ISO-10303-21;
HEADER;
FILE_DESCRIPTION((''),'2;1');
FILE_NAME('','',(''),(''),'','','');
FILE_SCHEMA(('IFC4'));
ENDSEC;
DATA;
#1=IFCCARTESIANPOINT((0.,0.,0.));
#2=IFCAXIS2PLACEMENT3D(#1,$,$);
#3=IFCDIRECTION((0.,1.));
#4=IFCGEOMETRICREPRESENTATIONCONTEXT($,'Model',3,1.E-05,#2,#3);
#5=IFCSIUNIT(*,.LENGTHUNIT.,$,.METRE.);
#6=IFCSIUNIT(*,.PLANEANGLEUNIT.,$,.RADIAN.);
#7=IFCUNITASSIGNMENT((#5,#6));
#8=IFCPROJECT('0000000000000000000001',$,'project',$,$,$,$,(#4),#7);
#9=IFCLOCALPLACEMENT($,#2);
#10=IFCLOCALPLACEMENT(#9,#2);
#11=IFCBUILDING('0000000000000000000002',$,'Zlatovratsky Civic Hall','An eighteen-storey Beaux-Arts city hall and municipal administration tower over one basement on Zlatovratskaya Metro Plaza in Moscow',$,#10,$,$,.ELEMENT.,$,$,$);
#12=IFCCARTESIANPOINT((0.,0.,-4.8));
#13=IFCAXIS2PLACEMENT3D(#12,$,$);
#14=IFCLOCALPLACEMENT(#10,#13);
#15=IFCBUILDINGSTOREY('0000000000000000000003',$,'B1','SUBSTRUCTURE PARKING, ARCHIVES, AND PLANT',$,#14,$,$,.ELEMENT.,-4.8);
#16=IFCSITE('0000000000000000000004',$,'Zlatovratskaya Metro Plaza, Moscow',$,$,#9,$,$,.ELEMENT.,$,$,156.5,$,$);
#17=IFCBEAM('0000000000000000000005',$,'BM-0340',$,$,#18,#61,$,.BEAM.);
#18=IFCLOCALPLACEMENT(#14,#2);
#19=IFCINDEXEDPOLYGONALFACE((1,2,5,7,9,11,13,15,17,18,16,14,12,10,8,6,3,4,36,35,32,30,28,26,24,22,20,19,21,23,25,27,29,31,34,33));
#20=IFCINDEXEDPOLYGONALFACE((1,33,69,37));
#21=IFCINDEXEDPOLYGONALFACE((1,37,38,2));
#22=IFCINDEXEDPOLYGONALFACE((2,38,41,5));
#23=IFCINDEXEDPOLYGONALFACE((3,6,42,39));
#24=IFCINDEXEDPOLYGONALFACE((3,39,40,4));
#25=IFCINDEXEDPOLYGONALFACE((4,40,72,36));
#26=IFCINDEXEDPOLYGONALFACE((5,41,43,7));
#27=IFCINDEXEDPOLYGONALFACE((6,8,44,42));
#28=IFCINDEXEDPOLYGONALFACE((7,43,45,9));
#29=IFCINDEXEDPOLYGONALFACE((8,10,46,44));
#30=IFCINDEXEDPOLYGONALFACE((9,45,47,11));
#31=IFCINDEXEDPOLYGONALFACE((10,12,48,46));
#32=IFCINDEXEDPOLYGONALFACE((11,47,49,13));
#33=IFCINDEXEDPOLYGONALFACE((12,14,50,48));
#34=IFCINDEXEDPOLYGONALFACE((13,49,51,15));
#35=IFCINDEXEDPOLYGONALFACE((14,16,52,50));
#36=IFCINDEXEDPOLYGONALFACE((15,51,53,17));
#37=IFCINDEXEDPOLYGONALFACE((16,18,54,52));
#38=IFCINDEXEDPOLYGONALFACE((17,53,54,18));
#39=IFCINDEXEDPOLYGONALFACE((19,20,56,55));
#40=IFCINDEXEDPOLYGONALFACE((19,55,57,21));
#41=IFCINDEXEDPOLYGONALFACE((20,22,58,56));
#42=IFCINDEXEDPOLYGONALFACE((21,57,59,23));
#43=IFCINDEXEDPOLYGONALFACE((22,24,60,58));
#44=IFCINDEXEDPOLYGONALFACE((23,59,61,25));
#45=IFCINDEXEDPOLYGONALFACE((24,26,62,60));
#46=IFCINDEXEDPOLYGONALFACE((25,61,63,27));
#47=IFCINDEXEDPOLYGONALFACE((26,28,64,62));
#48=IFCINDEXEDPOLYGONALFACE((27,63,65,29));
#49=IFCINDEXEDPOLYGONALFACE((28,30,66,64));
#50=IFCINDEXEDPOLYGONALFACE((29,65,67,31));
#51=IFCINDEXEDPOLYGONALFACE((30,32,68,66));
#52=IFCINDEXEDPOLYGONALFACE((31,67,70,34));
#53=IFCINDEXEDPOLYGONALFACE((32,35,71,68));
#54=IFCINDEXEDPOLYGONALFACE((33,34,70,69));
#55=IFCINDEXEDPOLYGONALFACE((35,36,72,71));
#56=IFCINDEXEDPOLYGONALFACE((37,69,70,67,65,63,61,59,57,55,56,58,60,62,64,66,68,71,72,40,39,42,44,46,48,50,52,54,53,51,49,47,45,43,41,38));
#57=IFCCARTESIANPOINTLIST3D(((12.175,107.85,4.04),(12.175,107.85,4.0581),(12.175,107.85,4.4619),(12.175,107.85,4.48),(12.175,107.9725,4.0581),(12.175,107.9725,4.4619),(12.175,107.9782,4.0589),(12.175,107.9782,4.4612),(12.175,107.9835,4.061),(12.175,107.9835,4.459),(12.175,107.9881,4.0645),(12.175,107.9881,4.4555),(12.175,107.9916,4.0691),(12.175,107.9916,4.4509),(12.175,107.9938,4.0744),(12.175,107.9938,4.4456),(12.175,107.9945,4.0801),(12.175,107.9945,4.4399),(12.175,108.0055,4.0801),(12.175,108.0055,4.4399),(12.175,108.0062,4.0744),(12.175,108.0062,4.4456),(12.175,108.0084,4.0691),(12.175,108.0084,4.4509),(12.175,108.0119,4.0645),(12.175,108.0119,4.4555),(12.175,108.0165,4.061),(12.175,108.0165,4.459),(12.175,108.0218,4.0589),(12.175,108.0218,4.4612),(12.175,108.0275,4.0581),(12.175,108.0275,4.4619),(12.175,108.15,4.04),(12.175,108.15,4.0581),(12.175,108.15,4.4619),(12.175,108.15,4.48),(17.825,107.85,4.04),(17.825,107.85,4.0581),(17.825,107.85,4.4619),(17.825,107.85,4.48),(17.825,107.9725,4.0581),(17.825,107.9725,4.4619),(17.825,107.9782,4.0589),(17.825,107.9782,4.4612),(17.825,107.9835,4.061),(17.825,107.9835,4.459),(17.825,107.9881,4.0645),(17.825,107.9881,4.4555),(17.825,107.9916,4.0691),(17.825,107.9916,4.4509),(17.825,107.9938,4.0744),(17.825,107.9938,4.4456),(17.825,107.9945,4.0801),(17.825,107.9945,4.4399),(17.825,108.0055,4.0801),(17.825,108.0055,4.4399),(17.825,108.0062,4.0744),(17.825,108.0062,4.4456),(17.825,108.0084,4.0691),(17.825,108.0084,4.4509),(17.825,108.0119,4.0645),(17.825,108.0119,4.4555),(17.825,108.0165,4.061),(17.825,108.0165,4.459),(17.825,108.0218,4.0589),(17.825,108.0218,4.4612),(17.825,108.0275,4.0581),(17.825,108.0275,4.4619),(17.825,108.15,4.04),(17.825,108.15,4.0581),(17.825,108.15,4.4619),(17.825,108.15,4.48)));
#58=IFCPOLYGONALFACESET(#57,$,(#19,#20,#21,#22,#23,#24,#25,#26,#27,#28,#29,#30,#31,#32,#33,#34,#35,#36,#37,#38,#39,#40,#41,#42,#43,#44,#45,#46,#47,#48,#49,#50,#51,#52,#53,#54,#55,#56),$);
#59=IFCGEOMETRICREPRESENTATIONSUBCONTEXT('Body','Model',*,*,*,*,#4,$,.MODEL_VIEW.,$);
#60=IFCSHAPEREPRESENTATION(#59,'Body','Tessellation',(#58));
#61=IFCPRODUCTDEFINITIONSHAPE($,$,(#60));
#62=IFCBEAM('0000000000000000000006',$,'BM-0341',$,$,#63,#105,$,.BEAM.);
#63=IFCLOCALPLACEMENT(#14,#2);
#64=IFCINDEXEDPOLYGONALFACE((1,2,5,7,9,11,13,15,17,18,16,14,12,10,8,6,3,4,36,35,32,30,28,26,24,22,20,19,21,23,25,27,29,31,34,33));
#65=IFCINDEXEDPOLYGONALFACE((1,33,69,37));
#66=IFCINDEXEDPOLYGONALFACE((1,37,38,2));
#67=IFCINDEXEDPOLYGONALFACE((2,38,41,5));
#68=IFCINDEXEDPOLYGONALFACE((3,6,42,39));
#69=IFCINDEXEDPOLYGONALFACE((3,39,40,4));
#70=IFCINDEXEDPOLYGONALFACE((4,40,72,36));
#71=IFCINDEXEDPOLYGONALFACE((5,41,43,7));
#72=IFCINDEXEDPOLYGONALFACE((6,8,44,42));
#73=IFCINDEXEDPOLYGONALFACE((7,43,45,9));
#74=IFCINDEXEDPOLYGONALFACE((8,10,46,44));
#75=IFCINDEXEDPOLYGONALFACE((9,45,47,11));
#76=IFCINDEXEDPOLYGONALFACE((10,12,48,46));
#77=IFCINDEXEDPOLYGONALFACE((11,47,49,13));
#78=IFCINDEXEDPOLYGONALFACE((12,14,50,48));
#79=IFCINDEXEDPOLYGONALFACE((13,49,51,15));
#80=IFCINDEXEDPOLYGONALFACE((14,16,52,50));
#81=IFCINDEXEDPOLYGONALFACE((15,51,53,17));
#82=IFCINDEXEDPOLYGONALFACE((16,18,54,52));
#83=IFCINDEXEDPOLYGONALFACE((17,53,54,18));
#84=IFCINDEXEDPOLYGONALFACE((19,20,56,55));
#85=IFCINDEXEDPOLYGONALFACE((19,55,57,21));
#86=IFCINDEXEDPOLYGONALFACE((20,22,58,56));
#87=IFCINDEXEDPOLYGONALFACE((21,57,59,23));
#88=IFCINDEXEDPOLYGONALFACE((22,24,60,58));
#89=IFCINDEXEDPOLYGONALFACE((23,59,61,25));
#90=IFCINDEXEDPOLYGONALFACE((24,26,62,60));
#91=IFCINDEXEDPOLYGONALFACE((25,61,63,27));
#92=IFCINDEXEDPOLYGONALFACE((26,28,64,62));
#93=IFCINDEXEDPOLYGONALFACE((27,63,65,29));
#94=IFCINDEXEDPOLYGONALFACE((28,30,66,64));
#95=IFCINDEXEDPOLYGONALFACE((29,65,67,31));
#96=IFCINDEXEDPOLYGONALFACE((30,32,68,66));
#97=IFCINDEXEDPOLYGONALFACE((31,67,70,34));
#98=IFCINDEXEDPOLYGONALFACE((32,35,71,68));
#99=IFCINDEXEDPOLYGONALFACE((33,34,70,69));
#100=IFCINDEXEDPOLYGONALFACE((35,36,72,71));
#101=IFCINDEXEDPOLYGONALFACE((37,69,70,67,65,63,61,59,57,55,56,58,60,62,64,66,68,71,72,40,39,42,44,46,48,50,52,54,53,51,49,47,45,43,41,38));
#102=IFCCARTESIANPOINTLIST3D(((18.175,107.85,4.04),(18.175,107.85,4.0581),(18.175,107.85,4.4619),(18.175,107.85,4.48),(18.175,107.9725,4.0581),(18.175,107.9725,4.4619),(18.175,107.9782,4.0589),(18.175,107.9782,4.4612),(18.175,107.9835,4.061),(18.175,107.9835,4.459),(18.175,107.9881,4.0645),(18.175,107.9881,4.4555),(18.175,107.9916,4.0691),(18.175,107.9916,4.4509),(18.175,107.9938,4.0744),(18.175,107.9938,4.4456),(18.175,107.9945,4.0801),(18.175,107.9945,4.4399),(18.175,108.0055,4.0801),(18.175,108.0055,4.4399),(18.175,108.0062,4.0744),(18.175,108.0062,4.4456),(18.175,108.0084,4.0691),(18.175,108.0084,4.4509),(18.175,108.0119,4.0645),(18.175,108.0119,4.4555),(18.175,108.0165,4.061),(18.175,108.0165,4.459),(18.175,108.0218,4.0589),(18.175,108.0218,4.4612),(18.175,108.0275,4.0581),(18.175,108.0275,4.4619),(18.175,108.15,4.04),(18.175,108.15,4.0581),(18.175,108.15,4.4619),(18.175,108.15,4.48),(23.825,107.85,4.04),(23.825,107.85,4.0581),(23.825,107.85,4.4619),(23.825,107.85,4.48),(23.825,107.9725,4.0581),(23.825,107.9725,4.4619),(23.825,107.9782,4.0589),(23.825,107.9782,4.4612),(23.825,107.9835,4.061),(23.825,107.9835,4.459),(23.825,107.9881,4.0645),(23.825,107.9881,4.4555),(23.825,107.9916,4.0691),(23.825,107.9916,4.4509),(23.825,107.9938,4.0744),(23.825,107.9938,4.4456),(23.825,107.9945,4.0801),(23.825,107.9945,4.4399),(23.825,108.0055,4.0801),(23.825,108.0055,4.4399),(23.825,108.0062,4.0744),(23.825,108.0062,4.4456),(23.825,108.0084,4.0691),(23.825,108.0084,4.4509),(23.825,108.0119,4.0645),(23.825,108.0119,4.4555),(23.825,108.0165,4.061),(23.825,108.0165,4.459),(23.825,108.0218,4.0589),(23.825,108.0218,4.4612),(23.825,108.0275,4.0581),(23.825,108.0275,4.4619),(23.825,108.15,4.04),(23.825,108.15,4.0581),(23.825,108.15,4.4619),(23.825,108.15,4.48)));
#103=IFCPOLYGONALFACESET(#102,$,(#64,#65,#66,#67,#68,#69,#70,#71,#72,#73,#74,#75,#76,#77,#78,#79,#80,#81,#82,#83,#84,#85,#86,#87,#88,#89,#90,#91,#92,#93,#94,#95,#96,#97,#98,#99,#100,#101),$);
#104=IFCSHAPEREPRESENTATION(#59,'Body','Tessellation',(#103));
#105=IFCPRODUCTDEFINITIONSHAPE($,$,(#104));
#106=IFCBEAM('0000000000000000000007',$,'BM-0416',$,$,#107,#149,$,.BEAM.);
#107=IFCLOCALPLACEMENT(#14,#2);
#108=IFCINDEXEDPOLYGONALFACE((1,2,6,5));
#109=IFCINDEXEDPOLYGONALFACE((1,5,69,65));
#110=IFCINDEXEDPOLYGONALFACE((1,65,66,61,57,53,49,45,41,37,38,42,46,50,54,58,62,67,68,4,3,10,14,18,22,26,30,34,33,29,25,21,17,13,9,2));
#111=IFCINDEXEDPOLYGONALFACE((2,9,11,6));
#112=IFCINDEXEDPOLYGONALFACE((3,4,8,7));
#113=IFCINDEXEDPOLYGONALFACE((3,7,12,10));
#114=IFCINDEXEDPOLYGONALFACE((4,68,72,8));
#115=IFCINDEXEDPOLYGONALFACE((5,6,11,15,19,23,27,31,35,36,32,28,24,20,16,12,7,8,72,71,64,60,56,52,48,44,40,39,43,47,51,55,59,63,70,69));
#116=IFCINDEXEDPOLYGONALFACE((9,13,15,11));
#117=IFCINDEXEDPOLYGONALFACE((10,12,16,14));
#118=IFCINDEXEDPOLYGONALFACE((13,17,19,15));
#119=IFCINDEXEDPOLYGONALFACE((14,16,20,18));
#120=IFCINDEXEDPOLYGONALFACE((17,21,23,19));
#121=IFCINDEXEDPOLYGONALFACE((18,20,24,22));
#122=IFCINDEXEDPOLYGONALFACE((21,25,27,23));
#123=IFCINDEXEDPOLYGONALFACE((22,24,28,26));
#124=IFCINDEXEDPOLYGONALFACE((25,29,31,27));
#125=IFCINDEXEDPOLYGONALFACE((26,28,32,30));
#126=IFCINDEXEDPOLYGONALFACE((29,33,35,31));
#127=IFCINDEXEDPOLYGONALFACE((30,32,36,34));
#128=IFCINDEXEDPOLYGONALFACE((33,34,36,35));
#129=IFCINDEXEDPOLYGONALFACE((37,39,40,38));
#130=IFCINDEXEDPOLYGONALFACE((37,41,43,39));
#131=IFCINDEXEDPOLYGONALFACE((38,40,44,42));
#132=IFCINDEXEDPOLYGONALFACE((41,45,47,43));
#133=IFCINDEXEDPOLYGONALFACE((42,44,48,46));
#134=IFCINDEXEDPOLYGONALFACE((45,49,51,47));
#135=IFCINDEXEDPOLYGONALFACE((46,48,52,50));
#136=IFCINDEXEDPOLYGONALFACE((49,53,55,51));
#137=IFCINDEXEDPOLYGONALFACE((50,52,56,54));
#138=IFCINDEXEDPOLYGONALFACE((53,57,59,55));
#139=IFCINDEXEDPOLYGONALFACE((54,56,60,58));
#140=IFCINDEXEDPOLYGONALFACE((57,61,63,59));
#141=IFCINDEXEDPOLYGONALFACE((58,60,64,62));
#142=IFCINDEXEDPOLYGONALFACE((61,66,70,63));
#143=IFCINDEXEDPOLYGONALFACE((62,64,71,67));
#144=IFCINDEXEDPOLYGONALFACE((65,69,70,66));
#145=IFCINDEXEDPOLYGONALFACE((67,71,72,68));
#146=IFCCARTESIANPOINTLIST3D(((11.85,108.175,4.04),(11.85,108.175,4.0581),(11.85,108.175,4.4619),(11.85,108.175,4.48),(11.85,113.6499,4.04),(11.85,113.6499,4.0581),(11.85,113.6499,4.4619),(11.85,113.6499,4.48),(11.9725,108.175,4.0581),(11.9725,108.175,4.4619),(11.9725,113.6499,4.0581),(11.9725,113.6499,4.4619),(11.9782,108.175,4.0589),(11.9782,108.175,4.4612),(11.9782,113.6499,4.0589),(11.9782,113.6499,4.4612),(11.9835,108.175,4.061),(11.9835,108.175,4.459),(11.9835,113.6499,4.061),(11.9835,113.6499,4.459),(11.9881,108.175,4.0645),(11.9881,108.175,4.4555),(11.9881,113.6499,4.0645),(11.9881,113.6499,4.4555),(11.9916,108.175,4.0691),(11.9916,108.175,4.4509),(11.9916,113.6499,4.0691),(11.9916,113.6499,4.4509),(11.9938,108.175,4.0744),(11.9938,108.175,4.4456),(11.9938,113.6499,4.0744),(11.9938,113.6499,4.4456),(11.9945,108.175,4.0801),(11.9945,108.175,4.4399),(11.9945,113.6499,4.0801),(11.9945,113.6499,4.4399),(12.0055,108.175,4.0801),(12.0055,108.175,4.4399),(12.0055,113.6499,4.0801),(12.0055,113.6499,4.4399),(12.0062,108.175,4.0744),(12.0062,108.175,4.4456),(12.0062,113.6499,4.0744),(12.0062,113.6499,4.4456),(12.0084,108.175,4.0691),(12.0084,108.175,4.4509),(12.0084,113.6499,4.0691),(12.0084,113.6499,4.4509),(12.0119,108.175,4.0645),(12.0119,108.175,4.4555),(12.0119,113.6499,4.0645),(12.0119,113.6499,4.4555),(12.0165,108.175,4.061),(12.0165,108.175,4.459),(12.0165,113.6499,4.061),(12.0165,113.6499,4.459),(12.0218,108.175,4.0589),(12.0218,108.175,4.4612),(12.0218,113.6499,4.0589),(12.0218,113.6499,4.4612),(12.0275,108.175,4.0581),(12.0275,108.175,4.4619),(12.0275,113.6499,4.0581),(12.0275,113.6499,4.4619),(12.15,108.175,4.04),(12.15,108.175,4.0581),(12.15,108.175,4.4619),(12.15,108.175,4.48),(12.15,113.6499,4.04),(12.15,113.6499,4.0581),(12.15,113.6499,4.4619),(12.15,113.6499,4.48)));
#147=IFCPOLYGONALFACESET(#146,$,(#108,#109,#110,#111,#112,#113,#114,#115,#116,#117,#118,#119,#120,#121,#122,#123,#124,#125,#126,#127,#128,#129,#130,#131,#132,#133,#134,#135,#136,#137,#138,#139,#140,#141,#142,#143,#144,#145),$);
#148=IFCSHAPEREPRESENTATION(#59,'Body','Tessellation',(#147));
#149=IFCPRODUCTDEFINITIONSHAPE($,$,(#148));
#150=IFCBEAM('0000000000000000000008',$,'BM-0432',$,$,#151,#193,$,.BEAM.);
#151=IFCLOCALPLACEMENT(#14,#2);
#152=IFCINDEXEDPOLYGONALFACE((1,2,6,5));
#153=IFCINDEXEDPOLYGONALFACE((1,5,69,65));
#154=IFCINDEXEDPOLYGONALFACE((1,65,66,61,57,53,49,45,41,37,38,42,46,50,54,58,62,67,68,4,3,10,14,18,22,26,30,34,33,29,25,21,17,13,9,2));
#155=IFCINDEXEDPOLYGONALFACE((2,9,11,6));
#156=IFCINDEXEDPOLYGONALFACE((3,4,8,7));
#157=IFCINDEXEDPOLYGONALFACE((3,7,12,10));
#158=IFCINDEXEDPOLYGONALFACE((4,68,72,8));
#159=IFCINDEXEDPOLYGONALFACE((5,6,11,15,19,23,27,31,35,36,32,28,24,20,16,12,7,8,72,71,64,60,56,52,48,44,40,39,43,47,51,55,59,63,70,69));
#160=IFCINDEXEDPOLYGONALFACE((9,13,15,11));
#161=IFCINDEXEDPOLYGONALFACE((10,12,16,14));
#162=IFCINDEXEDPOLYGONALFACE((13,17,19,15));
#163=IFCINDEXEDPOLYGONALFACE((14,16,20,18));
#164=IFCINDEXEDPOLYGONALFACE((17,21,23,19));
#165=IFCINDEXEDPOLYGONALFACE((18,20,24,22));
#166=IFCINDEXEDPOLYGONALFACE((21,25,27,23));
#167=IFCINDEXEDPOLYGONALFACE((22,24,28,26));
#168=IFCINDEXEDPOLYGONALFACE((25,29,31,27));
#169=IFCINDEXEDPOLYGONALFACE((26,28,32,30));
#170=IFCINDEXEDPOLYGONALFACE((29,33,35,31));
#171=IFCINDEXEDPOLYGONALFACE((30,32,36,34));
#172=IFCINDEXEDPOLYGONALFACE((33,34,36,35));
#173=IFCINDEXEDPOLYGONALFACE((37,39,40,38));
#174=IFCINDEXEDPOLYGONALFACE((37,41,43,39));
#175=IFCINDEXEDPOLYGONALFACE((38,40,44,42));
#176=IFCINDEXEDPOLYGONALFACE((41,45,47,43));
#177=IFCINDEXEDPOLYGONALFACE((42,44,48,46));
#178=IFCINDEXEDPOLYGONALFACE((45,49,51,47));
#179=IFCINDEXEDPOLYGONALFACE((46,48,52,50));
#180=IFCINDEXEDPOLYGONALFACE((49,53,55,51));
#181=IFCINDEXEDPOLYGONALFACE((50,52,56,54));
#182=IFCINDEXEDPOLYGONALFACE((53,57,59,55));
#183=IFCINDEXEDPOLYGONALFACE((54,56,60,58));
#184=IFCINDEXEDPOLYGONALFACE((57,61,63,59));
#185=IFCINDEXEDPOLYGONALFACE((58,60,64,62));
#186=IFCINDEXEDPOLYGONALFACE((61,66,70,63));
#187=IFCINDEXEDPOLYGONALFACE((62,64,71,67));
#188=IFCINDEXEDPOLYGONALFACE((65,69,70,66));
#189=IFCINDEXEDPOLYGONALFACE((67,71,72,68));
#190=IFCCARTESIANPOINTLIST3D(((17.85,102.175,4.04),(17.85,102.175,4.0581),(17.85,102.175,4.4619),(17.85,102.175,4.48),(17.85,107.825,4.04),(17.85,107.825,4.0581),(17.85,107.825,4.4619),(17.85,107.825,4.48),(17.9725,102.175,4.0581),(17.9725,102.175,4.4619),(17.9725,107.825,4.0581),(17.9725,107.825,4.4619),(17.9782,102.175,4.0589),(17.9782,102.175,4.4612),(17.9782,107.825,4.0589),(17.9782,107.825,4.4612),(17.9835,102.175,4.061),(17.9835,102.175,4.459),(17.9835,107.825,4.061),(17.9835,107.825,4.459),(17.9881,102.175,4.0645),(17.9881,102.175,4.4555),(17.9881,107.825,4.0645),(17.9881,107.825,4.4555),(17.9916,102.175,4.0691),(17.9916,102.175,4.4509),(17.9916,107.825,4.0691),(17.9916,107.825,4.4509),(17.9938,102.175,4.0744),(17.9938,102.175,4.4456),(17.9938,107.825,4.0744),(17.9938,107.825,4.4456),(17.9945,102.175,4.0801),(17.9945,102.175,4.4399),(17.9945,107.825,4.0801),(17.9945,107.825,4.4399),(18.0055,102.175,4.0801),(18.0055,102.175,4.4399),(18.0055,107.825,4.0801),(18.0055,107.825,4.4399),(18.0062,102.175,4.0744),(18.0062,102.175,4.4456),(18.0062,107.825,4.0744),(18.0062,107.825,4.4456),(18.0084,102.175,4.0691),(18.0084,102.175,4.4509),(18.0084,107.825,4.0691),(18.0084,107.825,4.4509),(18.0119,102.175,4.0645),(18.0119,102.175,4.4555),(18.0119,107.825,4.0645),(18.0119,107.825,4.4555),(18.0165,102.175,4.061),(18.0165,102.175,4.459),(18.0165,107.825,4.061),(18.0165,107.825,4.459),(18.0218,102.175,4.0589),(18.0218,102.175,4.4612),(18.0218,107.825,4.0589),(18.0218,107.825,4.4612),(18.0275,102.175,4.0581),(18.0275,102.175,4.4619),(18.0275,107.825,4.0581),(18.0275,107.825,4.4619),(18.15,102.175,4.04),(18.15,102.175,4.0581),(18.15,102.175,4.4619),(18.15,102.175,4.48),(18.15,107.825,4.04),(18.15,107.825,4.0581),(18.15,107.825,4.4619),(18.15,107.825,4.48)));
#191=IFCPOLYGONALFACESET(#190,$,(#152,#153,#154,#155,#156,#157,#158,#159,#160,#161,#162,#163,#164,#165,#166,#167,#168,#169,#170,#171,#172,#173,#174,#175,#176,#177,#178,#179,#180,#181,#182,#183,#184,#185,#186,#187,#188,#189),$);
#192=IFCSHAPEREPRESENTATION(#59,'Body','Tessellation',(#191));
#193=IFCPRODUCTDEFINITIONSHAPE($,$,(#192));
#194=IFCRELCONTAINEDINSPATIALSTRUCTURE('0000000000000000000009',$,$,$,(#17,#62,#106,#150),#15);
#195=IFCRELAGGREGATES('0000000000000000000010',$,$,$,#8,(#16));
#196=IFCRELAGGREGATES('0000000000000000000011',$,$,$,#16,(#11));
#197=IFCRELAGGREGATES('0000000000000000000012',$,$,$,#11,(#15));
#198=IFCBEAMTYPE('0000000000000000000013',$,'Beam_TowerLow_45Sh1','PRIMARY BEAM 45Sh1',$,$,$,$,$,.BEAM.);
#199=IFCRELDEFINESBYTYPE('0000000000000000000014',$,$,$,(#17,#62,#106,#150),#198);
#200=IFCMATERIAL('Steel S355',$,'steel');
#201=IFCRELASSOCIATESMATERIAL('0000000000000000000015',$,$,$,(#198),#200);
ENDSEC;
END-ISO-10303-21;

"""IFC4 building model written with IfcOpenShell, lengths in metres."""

from ifc_helpers import new_model, si_unit, direction, frame, origin, origin_2d, place, context, subcontext, project, spatial, i_section, extrude, material, material_profile, profile_set, type_object, element, save


model = new_model("IFC4")

# Units and contexts
model_context = context("Model", 3, precision=1e-05, world=origin(), true_north=direction((0.0, 1.0)))
body_context = subcontext(model_context, "Body", "Model", "MODEL_VIEW")
ifc_project = project(units=[si_unit("LENGTHUNIT", "METRE"), si_unit("PLANEANGLEUNIT", "RADIAN")], contexts=[model_context])

# Site, building, storey
site_placement = place(None, origin())
site = spatial("IfcSite", under=ifc_project, at=site_placement, Name="Zlatovratskaya Metro Plaza, Moscow", CompositionType="ELEMENT", RefElevation=156.5)
building_placement = place(site_placement, origin())
building = spatial("IfcBuilding", under=site, at=building_placement, Name="Zlatovratsky Civic Hall", Description="An eighteen-storey Beaux-Arts city hall and municipal administration tower over one basement on Zlatovratskaya Metro Plaza in Moscow", CompositionType="ELEMENT")
storey_placement = place(building_placement, frame((0.0, 0.0, -4.8)))
storey = spatial("IfcBuildingStorey", under=building, at=storey_placement, Name="B1", Description="SUBSTRUCTURE PARKING, ARCHIVES, AND PLANT", CompositionType="ELEMENT", Elevation=-4.8)

# Shared definitions
ifc_material_1 = material(Name="Steel S355", Category="steel")

# Beams
ifc_material_profile_1 = material_profile(ifc_material_1, i_section(OverallWidth=0.3, OverallDepth=0.4399, WebThickness=0.011, FlangeThickness=0.0181, FilletRadius=0.022, at=origin_2d()), Name="45Sh1")
ifc_profile_set_1 = profile_set([ifc_material_profile_1], Name="Steel S355")
beam_type_1 = type_object("IfcBeamType", Name="Beam_TowerLow_45Sh1", Description="PRIMARY BEAM 45Sh1", PredefinedType="BEAM", material=ifc_profile_set_1)
for number, where, z_axis, x_axis, name in (
    (1, (12.175, 108.0, 4.26), (1.0, 0.0, 0.0), (0.0, 1.0, 0.0), "BM-0340"),
    (2, (18.175, 108.0, 4.26), (1.0, 0.0, 0.0), (0.0, 1.0, 0.0), "BM-0341"),
):
    element("IfcBeam", number, at=place(storey_placement, frame(where, z_axis=z_axis, x_axis=x_axis)), inside=storey, type_object=beam_type_1, Name=name, PredefinedType="BEAM", context=body_context, shape_type="SweptSolid", body=[
        extrude(i_section(OverallWidth=0.3, OverallDepth=0.4399, WebThickness=0.011, FlangeThickness=0.0181, FilletRadius=0.022, at=origin_2d()), origin(), (0.0, 0.0, 1.0), 5.6499),
    ])
beam_1_placement = place(storey_placement, frame((12.0, 108.175, 4.26), z_axis=(0.0, 1.0, 0.0), x_axis=(-1.0, 0.0, 0.0)))
element("IfcBeam", 3, at=beam_1_placement, inside=storey, type_object=beam_type_1, Name="BM-0416", PredefinedType="BEAM", context=body_context, shape_type="SweptSolid", body=[
    extrude(i_section(OverallWidth=0.3, OverallDepth=0.4399, WebThickness=0.011, FlangeThickness=0.0181, FilletRadius=0.022, at=origin_2d()), origin(), (0.0, 0.0, 1.0), 5.4749),
])
beam_2_placement = place(storey_placement, frame((18.0, 102.175, 4.26), z_axis=(0.0, 1.0, 0.0), x_axis=(-1.0, 0.0, 0.0)))
element("IfcBeam", 4, at=beam_2_placement, inside=storey, type_object=beam_type_1, Name="BM-0432", PredefinedType="BEAM", context=body_context, shape_type="SweptSolid", body=[
    extrude(i_section(OverallWidth=0.3, OverallDepth=0.4399, WebThickness=0.011, FlangeThickness=0.0181, FilletRadius=0.022, at=origin_2d()), origin(), (0.0, 0.0, 1.0), 5.6499),
])

save(model, "model.ifc")
